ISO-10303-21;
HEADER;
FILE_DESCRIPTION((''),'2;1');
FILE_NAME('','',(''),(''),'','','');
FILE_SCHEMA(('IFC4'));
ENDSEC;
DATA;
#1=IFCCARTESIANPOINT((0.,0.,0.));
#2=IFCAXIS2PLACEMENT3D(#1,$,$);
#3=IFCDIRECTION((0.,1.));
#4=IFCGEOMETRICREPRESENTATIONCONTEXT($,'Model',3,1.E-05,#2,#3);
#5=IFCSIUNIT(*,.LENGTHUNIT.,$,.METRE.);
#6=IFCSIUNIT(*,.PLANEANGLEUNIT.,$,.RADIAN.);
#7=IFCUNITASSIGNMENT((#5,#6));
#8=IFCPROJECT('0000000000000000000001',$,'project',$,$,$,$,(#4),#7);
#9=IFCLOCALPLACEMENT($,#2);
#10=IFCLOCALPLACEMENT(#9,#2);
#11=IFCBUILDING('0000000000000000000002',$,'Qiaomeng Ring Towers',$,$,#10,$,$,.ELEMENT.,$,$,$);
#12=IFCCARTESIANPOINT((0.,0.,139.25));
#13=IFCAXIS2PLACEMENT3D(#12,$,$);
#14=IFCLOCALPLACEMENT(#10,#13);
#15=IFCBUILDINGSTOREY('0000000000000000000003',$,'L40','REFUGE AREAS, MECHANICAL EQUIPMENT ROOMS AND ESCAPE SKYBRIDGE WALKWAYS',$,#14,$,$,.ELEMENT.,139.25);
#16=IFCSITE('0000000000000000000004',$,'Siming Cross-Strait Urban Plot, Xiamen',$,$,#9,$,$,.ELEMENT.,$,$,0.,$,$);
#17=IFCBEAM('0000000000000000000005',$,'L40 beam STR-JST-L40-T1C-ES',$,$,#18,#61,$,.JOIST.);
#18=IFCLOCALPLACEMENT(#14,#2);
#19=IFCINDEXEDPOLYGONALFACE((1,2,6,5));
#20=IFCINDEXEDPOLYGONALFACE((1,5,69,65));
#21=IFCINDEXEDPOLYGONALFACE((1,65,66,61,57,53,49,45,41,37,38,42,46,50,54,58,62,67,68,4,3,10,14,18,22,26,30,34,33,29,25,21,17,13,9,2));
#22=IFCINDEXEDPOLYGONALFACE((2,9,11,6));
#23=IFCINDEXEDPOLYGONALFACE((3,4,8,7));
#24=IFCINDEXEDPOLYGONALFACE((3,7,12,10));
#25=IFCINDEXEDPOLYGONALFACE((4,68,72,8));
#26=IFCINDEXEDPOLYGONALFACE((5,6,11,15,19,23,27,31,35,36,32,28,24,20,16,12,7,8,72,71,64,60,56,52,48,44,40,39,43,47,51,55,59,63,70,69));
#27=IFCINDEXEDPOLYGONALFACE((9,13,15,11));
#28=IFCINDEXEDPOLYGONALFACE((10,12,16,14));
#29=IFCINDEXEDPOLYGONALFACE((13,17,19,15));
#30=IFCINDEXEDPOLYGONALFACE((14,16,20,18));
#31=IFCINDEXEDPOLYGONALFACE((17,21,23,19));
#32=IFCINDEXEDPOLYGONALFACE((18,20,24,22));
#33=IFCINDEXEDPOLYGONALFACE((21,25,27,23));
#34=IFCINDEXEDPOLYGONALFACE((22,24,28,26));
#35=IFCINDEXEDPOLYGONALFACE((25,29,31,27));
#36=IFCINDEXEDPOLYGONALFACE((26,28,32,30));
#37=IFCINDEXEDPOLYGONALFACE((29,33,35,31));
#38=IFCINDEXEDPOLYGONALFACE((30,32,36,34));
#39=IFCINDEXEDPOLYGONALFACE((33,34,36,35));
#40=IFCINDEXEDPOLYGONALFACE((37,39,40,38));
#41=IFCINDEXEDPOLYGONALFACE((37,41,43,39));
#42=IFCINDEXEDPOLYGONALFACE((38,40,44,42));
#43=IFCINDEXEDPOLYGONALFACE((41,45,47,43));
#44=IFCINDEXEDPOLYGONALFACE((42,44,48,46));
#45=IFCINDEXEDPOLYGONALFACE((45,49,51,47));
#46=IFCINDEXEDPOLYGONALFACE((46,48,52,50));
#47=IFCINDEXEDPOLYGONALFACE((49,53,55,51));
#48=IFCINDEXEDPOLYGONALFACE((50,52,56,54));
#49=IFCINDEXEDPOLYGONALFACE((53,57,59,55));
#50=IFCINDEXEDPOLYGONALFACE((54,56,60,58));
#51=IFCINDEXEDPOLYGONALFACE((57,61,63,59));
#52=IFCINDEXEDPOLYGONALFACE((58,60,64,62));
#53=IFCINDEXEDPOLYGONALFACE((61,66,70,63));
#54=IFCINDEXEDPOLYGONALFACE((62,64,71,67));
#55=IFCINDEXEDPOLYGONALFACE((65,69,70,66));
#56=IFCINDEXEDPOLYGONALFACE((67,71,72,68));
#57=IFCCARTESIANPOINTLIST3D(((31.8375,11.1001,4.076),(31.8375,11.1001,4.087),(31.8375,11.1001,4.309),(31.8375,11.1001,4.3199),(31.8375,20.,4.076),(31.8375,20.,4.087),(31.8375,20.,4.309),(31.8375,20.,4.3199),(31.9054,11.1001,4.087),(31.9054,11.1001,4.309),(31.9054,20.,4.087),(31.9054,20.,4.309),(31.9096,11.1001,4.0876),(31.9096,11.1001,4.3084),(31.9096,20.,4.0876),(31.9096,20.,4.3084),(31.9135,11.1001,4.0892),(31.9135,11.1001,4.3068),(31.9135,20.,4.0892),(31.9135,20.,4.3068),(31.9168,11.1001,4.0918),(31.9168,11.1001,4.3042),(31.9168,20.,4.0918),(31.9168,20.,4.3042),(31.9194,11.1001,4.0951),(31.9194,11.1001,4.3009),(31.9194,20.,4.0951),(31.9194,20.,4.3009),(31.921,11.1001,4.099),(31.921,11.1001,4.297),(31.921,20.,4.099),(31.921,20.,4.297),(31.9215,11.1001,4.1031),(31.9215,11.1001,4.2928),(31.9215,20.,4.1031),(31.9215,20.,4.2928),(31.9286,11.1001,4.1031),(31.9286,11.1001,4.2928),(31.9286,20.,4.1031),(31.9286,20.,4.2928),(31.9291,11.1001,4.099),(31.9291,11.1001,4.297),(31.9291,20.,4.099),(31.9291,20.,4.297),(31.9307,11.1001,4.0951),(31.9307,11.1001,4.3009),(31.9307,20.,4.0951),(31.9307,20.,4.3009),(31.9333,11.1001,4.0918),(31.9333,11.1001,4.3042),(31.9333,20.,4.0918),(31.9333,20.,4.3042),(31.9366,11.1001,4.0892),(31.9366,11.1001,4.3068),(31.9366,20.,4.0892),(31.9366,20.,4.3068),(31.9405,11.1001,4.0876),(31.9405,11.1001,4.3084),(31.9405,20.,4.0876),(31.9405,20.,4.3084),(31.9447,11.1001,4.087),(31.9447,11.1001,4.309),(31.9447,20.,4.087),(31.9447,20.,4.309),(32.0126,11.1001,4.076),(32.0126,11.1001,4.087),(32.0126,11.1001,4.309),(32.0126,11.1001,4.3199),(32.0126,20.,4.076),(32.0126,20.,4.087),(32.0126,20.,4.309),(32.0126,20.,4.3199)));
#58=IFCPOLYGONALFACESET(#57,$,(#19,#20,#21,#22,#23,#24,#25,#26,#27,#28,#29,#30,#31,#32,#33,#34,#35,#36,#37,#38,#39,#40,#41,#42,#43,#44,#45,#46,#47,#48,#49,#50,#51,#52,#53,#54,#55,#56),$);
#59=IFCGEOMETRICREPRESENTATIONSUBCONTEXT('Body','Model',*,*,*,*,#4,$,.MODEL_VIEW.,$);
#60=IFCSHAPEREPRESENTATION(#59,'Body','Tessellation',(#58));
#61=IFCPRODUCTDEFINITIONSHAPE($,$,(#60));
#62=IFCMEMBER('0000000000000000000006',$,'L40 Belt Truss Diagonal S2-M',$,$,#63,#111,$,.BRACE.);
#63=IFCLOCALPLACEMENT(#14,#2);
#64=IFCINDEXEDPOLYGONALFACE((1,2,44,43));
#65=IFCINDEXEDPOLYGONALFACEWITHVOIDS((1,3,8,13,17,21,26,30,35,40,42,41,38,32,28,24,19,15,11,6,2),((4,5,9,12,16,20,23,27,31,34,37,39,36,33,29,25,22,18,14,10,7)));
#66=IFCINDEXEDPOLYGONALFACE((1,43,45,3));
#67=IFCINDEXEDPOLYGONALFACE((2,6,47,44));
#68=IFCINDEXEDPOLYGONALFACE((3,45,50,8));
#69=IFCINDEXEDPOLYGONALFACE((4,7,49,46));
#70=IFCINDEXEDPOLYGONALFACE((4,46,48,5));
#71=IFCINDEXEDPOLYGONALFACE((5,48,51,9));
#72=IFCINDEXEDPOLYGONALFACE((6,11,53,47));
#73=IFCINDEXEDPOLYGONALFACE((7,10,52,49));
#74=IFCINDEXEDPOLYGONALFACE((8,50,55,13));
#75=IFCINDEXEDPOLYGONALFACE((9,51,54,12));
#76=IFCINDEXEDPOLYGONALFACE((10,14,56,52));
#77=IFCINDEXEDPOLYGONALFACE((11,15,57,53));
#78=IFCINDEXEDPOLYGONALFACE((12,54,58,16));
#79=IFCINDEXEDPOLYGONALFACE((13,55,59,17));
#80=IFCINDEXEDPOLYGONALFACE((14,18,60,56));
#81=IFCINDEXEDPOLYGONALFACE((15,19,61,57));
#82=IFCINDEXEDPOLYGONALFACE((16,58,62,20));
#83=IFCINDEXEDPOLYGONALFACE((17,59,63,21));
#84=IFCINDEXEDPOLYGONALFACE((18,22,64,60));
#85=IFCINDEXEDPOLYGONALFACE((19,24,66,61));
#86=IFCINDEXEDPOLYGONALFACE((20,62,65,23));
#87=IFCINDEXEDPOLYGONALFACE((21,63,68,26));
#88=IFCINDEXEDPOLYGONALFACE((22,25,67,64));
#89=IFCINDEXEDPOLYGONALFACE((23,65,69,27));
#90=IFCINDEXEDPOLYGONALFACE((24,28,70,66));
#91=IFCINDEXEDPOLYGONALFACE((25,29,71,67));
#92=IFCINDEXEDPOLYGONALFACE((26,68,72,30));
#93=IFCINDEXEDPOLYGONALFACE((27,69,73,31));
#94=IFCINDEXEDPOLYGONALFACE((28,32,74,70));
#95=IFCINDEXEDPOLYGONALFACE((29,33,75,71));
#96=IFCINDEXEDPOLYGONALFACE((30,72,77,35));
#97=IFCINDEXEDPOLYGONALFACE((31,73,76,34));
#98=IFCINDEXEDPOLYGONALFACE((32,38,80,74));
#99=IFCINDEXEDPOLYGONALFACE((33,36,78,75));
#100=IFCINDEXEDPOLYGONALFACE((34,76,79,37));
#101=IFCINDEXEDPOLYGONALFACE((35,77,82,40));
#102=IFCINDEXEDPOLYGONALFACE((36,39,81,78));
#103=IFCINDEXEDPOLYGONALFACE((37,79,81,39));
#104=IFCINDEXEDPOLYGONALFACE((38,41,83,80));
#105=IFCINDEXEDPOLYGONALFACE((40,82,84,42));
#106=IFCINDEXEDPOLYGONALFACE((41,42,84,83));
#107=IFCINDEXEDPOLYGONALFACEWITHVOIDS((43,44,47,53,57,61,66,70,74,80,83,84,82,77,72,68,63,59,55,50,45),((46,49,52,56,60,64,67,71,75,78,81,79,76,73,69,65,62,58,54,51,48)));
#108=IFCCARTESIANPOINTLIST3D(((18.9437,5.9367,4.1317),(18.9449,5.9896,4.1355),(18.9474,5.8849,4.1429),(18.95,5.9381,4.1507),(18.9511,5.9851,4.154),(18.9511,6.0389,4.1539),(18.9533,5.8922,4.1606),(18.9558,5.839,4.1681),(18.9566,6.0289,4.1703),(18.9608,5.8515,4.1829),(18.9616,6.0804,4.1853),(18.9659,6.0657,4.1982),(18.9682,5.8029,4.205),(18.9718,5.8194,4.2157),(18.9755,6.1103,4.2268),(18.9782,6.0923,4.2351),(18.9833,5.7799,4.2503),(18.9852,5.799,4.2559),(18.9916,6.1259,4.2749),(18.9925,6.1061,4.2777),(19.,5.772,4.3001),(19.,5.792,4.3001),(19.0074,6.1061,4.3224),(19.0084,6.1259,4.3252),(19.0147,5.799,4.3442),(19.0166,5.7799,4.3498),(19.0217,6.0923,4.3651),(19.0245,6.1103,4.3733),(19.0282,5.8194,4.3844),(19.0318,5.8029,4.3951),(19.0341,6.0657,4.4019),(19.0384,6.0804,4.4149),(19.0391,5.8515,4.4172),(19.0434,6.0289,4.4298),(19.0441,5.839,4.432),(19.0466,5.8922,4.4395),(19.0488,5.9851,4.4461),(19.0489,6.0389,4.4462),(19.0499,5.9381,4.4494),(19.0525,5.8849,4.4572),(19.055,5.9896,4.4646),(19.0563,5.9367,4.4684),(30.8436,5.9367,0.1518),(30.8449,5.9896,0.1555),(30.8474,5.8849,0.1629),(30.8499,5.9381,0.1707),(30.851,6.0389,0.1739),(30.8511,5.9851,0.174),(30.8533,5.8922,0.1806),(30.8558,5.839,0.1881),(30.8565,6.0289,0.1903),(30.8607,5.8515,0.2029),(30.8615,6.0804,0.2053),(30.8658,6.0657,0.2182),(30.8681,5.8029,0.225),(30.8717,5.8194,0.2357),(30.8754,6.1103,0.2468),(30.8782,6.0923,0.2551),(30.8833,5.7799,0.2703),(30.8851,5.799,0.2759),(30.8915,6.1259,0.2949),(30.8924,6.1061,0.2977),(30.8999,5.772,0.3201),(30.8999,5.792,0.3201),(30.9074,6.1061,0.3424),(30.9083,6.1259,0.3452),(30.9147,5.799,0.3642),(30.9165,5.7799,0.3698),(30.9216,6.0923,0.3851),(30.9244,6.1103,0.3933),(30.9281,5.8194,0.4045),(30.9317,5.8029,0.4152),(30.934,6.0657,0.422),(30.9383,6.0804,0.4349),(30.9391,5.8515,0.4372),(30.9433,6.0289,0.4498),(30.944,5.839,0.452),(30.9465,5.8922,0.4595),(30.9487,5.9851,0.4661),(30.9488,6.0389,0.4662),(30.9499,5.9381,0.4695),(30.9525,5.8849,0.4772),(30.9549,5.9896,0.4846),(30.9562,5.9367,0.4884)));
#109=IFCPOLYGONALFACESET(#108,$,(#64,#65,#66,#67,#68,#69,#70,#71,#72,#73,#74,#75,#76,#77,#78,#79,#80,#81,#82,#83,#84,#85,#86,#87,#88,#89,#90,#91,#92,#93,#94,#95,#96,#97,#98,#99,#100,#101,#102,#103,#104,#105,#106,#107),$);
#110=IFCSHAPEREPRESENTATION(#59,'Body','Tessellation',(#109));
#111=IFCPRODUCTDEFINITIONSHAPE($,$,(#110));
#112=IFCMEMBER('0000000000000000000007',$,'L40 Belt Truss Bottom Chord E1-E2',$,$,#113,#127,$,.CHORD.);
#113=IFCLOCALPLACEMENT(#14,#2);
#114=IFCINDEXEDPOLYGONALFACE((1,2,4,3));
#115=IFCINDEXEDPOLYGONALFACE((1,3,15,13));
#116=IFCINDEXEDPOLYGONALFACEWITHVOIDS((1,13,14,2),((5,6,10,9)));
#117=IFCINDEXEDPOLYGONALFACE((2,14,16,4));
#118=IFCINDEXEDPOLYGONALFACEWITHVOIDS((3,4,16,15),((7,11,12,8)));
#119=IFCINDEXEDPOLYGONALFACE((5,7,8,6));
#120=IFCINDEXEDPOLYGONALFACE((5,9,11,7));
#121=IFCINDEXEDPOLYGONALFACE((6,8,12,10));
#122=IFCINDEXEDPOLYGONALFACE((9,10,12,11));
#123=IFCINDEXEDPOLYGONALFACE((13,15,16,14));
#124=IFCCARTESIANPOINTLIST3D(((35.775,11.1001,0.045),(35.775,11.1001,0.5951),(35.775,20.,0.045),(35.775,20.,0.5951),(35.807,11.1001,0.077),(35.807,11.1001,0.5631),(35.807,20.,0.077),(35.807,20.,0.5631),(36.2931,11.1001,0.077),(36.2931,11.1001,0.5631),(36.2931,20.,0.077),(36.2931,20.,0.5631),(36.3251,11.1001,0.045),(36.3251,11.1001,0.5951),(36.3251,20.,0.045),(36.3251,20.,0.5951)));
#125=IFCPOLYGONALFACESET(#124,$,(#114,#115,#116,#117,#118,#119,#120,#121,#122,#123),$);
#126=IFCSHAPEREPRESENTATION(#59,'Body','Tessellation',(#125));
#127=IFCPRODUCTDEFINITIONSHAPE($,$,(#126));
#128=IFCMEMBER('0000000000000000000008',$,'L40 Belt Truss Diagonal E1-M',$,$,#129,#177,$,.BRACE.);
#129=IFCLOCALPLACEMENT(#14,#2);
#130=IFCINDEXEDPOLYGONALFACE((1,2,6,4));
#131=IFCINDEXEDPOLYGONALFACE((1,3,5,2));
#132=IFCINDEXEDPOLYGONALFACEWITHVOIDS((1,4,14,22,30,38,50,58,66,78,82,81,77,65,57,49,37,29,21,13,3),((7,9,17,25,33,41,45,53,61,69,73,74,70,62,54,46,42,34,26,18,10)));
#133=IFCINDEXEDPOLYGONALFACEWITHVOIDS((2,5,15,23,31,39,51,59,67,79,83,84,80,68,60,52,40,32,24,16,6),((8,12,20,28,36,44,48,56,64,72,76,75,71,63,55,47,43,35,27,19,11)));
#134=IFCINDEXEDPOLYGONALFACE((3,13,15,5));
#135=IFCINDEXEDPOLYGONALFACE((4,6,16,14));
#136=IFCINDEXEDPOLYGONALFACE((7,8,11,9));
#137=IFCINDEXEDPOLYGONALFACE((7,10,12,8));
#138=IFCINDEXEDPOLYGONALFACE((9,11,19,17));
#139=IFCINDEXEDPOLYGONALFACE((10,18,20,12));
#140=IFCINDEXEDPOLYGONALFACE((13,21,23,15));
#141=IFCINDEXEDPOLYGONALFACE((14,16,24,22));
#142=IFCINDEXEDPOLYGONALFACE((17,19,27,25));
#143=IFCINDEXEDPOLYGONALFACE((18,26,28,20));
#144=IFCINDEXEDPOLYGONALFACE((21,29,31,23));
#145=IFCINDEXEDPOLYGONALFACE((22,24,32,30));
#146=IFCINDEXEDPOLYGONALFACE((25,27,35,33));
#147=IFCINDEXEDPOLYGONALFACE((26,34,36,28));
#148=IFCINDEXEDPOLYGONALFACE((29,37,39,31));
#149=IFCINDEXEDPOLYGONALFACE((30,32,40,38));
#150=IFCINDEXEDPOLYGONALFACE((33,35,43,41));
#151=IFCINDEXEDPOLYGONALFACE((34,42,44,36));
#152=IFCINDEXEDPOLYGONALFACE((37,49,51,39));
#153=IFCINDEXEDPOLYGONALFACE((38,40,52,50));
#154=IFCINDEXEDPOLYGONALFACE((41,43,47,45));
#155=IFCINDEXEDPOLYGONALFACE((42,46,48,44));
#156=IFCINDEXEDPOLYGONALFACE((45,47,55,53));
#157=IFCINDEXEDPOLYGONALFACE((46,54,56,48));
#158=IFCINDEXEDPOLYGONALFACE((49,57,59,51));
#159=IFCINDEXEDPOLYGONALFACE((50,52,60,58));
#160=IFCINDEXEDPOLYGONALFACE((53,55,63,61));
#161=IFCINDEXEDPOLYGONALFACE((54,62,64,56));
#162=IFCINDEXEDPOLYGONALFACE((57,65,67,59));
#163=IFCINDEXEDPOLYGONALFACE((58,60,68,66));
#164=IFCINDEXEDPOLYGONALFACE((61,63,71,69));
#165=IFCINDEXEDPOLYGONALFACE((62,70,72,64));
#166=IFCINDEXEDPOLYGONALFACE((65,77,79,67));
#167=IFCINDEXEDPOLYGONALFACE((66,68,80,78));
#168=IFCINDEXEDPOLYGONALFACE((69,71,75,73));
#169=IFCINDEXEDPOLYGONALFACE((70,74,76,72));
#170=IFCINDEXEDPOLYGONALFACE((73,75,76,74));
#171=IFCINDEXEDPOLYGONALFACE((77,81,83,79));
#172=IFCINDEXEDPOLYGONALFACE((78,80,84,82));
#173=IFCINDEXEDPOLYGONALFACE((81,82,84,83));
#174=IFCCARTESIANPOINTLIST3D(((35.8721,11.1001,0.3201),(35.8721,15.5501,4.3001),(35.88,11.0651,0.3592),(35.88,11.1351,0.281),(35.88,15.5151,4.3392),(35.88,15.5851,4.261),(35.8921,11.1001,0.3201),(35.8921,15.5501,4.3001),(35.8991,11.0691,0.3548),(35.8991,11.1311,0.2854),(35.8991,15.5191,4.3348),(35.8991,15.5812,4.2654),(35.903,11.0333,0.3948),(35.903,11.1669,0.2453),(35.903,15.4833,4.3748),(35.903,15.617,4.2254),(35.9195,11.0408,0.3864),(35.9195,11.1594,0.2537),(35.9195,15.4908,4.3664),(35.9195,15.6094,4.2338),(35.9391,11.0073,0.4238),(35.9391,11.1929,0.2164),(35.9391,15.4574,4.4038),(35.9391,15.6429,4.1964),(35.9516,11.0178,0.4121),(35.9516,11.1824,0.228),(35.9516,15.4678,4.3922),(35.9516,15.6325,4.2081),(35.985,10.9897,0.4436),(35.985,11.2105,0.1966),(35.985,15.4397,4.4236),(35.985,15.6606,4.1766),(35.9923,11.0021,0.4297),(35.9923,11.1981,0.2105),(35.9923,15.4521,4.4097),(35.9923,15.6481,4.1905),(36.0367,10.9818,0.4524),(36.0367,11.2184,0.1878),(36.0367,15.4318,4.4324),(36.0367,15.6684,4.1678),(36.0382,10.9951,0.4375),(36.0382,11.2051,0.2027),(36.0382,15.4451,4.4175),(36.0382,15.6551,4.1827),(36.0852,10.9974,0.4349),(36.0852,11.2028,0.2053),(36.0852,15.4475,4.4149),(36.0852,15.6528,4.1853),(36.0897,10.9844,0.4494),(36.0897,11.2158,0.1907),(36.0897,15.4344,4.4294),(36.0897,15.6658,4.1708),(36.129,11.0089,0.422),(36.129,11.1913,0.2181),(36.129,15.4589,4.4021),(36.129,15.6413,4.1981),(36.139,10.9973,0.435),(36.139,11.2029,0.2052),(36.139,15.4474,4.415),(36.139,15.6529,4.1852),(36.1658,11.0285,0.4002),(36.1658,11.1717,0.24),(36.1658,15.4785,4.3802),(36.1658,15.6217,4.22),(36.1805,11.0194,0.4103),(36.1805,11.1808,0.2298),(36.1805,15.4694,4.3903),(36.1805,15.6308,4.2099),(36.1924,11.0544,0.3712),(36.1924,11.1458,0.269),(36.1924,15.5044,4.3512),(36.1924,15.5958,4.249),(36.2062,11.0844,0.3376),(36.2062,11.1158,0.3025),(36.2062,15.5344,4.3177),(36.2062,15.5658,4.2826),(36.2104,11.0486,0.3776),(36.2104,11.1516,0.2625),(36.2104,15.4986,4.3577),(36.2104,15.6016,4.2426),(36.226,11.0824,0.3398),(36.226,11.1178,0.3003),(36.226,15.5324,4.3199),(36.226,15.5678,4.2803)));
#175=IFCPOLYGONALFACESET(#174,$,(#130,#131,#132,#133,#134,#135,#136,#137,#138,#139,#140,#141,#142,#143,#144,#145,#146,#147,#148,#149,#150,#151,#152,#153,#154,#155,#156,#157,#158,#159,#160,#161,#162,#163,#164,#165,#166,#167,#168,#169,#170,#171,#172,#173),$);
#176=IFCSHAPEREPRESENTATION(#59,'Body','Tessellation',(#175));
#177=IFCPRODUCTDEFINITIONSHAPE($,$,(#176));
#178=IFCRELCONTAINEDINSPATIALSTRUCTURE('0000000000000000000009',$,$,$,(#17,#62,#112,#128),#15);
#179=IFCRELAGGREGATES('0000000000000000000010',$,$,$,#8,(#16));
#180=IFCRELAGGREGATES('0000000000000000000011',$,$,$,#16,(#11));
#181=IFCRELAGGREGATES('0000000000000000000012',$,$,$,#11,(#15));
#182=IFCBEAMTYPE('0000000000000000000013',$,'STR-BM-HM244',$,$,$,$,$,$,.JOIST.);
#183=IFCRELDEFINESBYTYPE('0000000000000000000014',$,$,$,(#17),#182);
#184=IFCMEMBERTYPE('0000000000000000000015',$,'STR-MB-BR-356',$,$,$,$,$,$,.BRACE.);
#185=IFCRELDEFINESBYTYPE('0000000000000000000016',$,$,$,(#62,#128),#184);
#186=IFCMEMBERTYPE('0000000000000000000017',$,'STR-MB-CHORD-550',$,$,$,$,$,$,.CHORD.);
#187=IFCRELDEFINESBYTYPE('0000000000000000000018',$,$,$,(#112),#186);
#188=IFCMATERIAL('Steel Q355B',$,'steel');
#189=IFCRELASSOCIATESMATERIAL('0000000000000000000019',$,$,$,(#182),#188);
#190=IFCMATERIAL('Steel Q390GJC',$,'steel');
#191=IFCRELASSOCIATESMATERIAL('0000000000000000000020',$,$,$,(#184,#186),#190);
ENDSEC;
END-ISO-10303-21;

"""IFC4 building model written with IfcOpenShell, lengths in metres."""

from ifc_helpers import new_model, si_unit, direction, frame, origin, origin_2d, place, context, subcontext, project, spatial, hollow_rectangle, hollow_circle, i_section, extrude, source, transform, mapped, material, material_profile, profile_set, type_object, element, save


model = new_model("IFC4")

# Units and contexts
model_context = context("Model", 3, precision=1e-05, world=origin(), true_north=direction((0.0, 1.0)))
body_context = subcontext(model_context, "Body", "Model", "MODEL_VIEW")
ifc_project = project(units=[si_unit("LENGTHUNIT", "METRE"), si_unit("PLANEANGLEUNIT", "RADIAN")], contexts=[model_context])

# Site, building, storey
site_placement = place(None, origin())
site = spatial("IfcSite", under=ifc_project, at=site_placement, Name="Siming Cross-Strait Urban Plot, Xiamen", CompositionType="ELEMENT", RefElevation=0.0)
building_placement = place(site_placement, origin())
building = spatial("IfcBuilding", under=site, at=building_placement, Name="Qiaomeng Ring Towers", CompositionType="ELEMENT")
storey_placement = place(building_placement, frame((0.0, 0.0, 139.25)))
storey = spatial("IfcBuildingStorey", under=building, at=storey_placement, Name="L40", Description="REFUGE AREAS, MECHANICAL EQUIPMENT ROOMS AND ESCAPE SKYBRIDGE WALKWAYS", CompositionType="ELEMENT", Elevation=139.25)

# Beam
ifc_material_1 = material(Name="Steel Q355B", Category="steel")
ifc_material_2 = material(Name="Steel Q390GJC", Category="steel")
ifc_material_profile_1 = material_profile(ifc_material_1, i_section(OverallWidth=0.175, OverallDepth=0.2439, WebThickness=0.0071, FlangeThickness=0.011, FilletRadius=0.0161, at=origin_2d()), Name="HM 244x175x7x11")
ifc_profile_set_1 = profile_set([ifc_material_profile_1], Name="Steel Q355B")
beam_type_1 = type_object("IfcBeamType", Name="STR-BM-HM244", PredefinedType="JOIST", material=ifc_profile_set_1)
shared_shape_1 = source(origin(), body_context, "Body", "SweptSolid", [
    extrude(i_section(OverallWidth=0.175, OverallDepth=0.2439, WebThickness=0.0071, FlangeThickness=0.011, FilletRadius=0.0161, at=origin_2d()), origin(), (0.0, 0.0, 1.0), 8.8999),
])
beam_1_placement = place(storey_placement, frame((31.925, 11.1001, 4.198), z_axis=(0.0, 1.0, 0.0), x_axis=(-1.0, 0.0, 0.0)))
element("IfcBeam", 1, at=beam_1_placement, inside=storey, type_object=beam_type_1, Name="L40 beam STR-JST-L40-T1C-ES", PredefinedType="JOIST", context=body_context, shape_type="MappedRepresentation", body=[
    mapped(shared_shape_1, transform((0.0, 0.0, 0.0), x_axis=(1.0, 0.0, 0.0), y_axis=(0.0, 1.0, 0.0), z_axis=(0.0, 0.0, 1.0), scale=1.0)),
])

# Members
ifc_material_profile_2 = material_profile(ifc_material_2, hollow_circle(Radius=0.178, WallThickness=0.02, at=origin_2d()), Name="CHS 356x20")
ifc_profile_set_2 = profile_set([ifc_material_profile_2], Name="Steel Q390GJC")
member_type_1 = type_object("IfcMemberType", Name="STR-MB-BR-356", PredefinedType="BRACE", material=ifc_profile_set_2)
shared_shape_2 = source(origin(), body_context, "Body", "SweptSolid", [
    extrude(hollow_circle(Radius=0.178, WallThickness=0.02, at=origin_2d()), origin(), (0.0, 0.0, 1.0), 12.5479),
])
member_1_placement = place(storey_placement, frame((30.8999, 5.95, 0.3201), z_axis=(-0.948364, 0.0, 0.317185), x_axis=(0.0, -1.0, 0.0)))
element("IfcMember", 2, at=member_1_placement, inside=storey, type_object=member_type_1, Name="L40 Belt Truss Diagonal S2-M", PredefinedType="BRACE", context=body_context, shape_type="MappedRepresentation", body=[
    mapped(shared_shape_2, transform((0.0, 0.0, 0.0), x_axis=(1.0, 0.0, 0.0), y_axis=(0.0, 1.0, 0.0), z_axis=(0.0, 0.0, 1.0), scale=1.0)),
])
ifc_material_profile_3 = material_profile(ifc_material_2, hollow_rectangle(XDim=0.55, YDim=0.55, WallThickness=0.032, at=origin_2d()), Name="SHS 550x550x32")
ifc_profile_set_3 = profile_set([ifc_material_profile_3], Name="Steel Q390GJC")
member_type_2 = type_object("IfcMemberType", Name="STR-MB-CHORD-550", PredefinedType="CHORD", material=ifc_profile_set_3)
shared_shape_3 = source(origin(), body_context, "Body", "SweptSolid", [
    extrude(hollow_rectangle(XDim=0.55, YDim=0.55, WallThickness=0.032, at=origin_2d()), origin(), (0.0, 0.0, 1.0), 8.8999),
])
member_2_placement = place(storey_placement, frame((36.05, 11.1001, 0.3201), z_axis=(0.0, 1.0, 0.0), x_axis=(-1.0, 0.0, 0.0)))
element("IfcMember", 3, at=member_2_placement, inside=storey, type_object=member_type_2, Name="L40 Belt Truss Bottom Chord E1-E2", PredefinedType="CHORD", context=body_context, shape_type="MappedRepresentation", body=[
    mapped(shared_shape_3, transform((0.0, 0.0, 0.0), x_axis=(1.0, 0.0, 0.0), y_axis=(0.0, 1.0, 0.0), z_axis=(0.0, 0.0, 1.0), scale=1.0)),
])
shared_shape_4 = source(origin(), body_context, "Body", "SweptSolid", [
    extrude(hollow_circle(Radius=0.178, WallThickness=0.02, at=origin_2d()), origin(), (0.0, 0.0, 1.0), 5.9702),
])
member_3_placement = place(storey_placement, frame((36.05, 11.1001, 0.3201), z_axis=(0.0, 0.745371, 0.66665), x_axis=(-1.0, 0.0, 0.0)))
element("IfcMember", 4, at=member_3_placement, inside=storey, type_object=member_type_1, Name="L40 Belt Truss Diagonal E1-M", PredefinedType="BRACE", context=body_context, shape_type="MappedRepresentation", body=[
    mapped(shared_shape_4, transform((0.0, 0.0, 0.0), x_axis=(1.0, 0.0, 0.0), y_axis=(0.0, 1.0, 0.0), z_axis=(0.0, 0.0, 1.0), scale=1.0)),
])

save(model, "model.ifc")
